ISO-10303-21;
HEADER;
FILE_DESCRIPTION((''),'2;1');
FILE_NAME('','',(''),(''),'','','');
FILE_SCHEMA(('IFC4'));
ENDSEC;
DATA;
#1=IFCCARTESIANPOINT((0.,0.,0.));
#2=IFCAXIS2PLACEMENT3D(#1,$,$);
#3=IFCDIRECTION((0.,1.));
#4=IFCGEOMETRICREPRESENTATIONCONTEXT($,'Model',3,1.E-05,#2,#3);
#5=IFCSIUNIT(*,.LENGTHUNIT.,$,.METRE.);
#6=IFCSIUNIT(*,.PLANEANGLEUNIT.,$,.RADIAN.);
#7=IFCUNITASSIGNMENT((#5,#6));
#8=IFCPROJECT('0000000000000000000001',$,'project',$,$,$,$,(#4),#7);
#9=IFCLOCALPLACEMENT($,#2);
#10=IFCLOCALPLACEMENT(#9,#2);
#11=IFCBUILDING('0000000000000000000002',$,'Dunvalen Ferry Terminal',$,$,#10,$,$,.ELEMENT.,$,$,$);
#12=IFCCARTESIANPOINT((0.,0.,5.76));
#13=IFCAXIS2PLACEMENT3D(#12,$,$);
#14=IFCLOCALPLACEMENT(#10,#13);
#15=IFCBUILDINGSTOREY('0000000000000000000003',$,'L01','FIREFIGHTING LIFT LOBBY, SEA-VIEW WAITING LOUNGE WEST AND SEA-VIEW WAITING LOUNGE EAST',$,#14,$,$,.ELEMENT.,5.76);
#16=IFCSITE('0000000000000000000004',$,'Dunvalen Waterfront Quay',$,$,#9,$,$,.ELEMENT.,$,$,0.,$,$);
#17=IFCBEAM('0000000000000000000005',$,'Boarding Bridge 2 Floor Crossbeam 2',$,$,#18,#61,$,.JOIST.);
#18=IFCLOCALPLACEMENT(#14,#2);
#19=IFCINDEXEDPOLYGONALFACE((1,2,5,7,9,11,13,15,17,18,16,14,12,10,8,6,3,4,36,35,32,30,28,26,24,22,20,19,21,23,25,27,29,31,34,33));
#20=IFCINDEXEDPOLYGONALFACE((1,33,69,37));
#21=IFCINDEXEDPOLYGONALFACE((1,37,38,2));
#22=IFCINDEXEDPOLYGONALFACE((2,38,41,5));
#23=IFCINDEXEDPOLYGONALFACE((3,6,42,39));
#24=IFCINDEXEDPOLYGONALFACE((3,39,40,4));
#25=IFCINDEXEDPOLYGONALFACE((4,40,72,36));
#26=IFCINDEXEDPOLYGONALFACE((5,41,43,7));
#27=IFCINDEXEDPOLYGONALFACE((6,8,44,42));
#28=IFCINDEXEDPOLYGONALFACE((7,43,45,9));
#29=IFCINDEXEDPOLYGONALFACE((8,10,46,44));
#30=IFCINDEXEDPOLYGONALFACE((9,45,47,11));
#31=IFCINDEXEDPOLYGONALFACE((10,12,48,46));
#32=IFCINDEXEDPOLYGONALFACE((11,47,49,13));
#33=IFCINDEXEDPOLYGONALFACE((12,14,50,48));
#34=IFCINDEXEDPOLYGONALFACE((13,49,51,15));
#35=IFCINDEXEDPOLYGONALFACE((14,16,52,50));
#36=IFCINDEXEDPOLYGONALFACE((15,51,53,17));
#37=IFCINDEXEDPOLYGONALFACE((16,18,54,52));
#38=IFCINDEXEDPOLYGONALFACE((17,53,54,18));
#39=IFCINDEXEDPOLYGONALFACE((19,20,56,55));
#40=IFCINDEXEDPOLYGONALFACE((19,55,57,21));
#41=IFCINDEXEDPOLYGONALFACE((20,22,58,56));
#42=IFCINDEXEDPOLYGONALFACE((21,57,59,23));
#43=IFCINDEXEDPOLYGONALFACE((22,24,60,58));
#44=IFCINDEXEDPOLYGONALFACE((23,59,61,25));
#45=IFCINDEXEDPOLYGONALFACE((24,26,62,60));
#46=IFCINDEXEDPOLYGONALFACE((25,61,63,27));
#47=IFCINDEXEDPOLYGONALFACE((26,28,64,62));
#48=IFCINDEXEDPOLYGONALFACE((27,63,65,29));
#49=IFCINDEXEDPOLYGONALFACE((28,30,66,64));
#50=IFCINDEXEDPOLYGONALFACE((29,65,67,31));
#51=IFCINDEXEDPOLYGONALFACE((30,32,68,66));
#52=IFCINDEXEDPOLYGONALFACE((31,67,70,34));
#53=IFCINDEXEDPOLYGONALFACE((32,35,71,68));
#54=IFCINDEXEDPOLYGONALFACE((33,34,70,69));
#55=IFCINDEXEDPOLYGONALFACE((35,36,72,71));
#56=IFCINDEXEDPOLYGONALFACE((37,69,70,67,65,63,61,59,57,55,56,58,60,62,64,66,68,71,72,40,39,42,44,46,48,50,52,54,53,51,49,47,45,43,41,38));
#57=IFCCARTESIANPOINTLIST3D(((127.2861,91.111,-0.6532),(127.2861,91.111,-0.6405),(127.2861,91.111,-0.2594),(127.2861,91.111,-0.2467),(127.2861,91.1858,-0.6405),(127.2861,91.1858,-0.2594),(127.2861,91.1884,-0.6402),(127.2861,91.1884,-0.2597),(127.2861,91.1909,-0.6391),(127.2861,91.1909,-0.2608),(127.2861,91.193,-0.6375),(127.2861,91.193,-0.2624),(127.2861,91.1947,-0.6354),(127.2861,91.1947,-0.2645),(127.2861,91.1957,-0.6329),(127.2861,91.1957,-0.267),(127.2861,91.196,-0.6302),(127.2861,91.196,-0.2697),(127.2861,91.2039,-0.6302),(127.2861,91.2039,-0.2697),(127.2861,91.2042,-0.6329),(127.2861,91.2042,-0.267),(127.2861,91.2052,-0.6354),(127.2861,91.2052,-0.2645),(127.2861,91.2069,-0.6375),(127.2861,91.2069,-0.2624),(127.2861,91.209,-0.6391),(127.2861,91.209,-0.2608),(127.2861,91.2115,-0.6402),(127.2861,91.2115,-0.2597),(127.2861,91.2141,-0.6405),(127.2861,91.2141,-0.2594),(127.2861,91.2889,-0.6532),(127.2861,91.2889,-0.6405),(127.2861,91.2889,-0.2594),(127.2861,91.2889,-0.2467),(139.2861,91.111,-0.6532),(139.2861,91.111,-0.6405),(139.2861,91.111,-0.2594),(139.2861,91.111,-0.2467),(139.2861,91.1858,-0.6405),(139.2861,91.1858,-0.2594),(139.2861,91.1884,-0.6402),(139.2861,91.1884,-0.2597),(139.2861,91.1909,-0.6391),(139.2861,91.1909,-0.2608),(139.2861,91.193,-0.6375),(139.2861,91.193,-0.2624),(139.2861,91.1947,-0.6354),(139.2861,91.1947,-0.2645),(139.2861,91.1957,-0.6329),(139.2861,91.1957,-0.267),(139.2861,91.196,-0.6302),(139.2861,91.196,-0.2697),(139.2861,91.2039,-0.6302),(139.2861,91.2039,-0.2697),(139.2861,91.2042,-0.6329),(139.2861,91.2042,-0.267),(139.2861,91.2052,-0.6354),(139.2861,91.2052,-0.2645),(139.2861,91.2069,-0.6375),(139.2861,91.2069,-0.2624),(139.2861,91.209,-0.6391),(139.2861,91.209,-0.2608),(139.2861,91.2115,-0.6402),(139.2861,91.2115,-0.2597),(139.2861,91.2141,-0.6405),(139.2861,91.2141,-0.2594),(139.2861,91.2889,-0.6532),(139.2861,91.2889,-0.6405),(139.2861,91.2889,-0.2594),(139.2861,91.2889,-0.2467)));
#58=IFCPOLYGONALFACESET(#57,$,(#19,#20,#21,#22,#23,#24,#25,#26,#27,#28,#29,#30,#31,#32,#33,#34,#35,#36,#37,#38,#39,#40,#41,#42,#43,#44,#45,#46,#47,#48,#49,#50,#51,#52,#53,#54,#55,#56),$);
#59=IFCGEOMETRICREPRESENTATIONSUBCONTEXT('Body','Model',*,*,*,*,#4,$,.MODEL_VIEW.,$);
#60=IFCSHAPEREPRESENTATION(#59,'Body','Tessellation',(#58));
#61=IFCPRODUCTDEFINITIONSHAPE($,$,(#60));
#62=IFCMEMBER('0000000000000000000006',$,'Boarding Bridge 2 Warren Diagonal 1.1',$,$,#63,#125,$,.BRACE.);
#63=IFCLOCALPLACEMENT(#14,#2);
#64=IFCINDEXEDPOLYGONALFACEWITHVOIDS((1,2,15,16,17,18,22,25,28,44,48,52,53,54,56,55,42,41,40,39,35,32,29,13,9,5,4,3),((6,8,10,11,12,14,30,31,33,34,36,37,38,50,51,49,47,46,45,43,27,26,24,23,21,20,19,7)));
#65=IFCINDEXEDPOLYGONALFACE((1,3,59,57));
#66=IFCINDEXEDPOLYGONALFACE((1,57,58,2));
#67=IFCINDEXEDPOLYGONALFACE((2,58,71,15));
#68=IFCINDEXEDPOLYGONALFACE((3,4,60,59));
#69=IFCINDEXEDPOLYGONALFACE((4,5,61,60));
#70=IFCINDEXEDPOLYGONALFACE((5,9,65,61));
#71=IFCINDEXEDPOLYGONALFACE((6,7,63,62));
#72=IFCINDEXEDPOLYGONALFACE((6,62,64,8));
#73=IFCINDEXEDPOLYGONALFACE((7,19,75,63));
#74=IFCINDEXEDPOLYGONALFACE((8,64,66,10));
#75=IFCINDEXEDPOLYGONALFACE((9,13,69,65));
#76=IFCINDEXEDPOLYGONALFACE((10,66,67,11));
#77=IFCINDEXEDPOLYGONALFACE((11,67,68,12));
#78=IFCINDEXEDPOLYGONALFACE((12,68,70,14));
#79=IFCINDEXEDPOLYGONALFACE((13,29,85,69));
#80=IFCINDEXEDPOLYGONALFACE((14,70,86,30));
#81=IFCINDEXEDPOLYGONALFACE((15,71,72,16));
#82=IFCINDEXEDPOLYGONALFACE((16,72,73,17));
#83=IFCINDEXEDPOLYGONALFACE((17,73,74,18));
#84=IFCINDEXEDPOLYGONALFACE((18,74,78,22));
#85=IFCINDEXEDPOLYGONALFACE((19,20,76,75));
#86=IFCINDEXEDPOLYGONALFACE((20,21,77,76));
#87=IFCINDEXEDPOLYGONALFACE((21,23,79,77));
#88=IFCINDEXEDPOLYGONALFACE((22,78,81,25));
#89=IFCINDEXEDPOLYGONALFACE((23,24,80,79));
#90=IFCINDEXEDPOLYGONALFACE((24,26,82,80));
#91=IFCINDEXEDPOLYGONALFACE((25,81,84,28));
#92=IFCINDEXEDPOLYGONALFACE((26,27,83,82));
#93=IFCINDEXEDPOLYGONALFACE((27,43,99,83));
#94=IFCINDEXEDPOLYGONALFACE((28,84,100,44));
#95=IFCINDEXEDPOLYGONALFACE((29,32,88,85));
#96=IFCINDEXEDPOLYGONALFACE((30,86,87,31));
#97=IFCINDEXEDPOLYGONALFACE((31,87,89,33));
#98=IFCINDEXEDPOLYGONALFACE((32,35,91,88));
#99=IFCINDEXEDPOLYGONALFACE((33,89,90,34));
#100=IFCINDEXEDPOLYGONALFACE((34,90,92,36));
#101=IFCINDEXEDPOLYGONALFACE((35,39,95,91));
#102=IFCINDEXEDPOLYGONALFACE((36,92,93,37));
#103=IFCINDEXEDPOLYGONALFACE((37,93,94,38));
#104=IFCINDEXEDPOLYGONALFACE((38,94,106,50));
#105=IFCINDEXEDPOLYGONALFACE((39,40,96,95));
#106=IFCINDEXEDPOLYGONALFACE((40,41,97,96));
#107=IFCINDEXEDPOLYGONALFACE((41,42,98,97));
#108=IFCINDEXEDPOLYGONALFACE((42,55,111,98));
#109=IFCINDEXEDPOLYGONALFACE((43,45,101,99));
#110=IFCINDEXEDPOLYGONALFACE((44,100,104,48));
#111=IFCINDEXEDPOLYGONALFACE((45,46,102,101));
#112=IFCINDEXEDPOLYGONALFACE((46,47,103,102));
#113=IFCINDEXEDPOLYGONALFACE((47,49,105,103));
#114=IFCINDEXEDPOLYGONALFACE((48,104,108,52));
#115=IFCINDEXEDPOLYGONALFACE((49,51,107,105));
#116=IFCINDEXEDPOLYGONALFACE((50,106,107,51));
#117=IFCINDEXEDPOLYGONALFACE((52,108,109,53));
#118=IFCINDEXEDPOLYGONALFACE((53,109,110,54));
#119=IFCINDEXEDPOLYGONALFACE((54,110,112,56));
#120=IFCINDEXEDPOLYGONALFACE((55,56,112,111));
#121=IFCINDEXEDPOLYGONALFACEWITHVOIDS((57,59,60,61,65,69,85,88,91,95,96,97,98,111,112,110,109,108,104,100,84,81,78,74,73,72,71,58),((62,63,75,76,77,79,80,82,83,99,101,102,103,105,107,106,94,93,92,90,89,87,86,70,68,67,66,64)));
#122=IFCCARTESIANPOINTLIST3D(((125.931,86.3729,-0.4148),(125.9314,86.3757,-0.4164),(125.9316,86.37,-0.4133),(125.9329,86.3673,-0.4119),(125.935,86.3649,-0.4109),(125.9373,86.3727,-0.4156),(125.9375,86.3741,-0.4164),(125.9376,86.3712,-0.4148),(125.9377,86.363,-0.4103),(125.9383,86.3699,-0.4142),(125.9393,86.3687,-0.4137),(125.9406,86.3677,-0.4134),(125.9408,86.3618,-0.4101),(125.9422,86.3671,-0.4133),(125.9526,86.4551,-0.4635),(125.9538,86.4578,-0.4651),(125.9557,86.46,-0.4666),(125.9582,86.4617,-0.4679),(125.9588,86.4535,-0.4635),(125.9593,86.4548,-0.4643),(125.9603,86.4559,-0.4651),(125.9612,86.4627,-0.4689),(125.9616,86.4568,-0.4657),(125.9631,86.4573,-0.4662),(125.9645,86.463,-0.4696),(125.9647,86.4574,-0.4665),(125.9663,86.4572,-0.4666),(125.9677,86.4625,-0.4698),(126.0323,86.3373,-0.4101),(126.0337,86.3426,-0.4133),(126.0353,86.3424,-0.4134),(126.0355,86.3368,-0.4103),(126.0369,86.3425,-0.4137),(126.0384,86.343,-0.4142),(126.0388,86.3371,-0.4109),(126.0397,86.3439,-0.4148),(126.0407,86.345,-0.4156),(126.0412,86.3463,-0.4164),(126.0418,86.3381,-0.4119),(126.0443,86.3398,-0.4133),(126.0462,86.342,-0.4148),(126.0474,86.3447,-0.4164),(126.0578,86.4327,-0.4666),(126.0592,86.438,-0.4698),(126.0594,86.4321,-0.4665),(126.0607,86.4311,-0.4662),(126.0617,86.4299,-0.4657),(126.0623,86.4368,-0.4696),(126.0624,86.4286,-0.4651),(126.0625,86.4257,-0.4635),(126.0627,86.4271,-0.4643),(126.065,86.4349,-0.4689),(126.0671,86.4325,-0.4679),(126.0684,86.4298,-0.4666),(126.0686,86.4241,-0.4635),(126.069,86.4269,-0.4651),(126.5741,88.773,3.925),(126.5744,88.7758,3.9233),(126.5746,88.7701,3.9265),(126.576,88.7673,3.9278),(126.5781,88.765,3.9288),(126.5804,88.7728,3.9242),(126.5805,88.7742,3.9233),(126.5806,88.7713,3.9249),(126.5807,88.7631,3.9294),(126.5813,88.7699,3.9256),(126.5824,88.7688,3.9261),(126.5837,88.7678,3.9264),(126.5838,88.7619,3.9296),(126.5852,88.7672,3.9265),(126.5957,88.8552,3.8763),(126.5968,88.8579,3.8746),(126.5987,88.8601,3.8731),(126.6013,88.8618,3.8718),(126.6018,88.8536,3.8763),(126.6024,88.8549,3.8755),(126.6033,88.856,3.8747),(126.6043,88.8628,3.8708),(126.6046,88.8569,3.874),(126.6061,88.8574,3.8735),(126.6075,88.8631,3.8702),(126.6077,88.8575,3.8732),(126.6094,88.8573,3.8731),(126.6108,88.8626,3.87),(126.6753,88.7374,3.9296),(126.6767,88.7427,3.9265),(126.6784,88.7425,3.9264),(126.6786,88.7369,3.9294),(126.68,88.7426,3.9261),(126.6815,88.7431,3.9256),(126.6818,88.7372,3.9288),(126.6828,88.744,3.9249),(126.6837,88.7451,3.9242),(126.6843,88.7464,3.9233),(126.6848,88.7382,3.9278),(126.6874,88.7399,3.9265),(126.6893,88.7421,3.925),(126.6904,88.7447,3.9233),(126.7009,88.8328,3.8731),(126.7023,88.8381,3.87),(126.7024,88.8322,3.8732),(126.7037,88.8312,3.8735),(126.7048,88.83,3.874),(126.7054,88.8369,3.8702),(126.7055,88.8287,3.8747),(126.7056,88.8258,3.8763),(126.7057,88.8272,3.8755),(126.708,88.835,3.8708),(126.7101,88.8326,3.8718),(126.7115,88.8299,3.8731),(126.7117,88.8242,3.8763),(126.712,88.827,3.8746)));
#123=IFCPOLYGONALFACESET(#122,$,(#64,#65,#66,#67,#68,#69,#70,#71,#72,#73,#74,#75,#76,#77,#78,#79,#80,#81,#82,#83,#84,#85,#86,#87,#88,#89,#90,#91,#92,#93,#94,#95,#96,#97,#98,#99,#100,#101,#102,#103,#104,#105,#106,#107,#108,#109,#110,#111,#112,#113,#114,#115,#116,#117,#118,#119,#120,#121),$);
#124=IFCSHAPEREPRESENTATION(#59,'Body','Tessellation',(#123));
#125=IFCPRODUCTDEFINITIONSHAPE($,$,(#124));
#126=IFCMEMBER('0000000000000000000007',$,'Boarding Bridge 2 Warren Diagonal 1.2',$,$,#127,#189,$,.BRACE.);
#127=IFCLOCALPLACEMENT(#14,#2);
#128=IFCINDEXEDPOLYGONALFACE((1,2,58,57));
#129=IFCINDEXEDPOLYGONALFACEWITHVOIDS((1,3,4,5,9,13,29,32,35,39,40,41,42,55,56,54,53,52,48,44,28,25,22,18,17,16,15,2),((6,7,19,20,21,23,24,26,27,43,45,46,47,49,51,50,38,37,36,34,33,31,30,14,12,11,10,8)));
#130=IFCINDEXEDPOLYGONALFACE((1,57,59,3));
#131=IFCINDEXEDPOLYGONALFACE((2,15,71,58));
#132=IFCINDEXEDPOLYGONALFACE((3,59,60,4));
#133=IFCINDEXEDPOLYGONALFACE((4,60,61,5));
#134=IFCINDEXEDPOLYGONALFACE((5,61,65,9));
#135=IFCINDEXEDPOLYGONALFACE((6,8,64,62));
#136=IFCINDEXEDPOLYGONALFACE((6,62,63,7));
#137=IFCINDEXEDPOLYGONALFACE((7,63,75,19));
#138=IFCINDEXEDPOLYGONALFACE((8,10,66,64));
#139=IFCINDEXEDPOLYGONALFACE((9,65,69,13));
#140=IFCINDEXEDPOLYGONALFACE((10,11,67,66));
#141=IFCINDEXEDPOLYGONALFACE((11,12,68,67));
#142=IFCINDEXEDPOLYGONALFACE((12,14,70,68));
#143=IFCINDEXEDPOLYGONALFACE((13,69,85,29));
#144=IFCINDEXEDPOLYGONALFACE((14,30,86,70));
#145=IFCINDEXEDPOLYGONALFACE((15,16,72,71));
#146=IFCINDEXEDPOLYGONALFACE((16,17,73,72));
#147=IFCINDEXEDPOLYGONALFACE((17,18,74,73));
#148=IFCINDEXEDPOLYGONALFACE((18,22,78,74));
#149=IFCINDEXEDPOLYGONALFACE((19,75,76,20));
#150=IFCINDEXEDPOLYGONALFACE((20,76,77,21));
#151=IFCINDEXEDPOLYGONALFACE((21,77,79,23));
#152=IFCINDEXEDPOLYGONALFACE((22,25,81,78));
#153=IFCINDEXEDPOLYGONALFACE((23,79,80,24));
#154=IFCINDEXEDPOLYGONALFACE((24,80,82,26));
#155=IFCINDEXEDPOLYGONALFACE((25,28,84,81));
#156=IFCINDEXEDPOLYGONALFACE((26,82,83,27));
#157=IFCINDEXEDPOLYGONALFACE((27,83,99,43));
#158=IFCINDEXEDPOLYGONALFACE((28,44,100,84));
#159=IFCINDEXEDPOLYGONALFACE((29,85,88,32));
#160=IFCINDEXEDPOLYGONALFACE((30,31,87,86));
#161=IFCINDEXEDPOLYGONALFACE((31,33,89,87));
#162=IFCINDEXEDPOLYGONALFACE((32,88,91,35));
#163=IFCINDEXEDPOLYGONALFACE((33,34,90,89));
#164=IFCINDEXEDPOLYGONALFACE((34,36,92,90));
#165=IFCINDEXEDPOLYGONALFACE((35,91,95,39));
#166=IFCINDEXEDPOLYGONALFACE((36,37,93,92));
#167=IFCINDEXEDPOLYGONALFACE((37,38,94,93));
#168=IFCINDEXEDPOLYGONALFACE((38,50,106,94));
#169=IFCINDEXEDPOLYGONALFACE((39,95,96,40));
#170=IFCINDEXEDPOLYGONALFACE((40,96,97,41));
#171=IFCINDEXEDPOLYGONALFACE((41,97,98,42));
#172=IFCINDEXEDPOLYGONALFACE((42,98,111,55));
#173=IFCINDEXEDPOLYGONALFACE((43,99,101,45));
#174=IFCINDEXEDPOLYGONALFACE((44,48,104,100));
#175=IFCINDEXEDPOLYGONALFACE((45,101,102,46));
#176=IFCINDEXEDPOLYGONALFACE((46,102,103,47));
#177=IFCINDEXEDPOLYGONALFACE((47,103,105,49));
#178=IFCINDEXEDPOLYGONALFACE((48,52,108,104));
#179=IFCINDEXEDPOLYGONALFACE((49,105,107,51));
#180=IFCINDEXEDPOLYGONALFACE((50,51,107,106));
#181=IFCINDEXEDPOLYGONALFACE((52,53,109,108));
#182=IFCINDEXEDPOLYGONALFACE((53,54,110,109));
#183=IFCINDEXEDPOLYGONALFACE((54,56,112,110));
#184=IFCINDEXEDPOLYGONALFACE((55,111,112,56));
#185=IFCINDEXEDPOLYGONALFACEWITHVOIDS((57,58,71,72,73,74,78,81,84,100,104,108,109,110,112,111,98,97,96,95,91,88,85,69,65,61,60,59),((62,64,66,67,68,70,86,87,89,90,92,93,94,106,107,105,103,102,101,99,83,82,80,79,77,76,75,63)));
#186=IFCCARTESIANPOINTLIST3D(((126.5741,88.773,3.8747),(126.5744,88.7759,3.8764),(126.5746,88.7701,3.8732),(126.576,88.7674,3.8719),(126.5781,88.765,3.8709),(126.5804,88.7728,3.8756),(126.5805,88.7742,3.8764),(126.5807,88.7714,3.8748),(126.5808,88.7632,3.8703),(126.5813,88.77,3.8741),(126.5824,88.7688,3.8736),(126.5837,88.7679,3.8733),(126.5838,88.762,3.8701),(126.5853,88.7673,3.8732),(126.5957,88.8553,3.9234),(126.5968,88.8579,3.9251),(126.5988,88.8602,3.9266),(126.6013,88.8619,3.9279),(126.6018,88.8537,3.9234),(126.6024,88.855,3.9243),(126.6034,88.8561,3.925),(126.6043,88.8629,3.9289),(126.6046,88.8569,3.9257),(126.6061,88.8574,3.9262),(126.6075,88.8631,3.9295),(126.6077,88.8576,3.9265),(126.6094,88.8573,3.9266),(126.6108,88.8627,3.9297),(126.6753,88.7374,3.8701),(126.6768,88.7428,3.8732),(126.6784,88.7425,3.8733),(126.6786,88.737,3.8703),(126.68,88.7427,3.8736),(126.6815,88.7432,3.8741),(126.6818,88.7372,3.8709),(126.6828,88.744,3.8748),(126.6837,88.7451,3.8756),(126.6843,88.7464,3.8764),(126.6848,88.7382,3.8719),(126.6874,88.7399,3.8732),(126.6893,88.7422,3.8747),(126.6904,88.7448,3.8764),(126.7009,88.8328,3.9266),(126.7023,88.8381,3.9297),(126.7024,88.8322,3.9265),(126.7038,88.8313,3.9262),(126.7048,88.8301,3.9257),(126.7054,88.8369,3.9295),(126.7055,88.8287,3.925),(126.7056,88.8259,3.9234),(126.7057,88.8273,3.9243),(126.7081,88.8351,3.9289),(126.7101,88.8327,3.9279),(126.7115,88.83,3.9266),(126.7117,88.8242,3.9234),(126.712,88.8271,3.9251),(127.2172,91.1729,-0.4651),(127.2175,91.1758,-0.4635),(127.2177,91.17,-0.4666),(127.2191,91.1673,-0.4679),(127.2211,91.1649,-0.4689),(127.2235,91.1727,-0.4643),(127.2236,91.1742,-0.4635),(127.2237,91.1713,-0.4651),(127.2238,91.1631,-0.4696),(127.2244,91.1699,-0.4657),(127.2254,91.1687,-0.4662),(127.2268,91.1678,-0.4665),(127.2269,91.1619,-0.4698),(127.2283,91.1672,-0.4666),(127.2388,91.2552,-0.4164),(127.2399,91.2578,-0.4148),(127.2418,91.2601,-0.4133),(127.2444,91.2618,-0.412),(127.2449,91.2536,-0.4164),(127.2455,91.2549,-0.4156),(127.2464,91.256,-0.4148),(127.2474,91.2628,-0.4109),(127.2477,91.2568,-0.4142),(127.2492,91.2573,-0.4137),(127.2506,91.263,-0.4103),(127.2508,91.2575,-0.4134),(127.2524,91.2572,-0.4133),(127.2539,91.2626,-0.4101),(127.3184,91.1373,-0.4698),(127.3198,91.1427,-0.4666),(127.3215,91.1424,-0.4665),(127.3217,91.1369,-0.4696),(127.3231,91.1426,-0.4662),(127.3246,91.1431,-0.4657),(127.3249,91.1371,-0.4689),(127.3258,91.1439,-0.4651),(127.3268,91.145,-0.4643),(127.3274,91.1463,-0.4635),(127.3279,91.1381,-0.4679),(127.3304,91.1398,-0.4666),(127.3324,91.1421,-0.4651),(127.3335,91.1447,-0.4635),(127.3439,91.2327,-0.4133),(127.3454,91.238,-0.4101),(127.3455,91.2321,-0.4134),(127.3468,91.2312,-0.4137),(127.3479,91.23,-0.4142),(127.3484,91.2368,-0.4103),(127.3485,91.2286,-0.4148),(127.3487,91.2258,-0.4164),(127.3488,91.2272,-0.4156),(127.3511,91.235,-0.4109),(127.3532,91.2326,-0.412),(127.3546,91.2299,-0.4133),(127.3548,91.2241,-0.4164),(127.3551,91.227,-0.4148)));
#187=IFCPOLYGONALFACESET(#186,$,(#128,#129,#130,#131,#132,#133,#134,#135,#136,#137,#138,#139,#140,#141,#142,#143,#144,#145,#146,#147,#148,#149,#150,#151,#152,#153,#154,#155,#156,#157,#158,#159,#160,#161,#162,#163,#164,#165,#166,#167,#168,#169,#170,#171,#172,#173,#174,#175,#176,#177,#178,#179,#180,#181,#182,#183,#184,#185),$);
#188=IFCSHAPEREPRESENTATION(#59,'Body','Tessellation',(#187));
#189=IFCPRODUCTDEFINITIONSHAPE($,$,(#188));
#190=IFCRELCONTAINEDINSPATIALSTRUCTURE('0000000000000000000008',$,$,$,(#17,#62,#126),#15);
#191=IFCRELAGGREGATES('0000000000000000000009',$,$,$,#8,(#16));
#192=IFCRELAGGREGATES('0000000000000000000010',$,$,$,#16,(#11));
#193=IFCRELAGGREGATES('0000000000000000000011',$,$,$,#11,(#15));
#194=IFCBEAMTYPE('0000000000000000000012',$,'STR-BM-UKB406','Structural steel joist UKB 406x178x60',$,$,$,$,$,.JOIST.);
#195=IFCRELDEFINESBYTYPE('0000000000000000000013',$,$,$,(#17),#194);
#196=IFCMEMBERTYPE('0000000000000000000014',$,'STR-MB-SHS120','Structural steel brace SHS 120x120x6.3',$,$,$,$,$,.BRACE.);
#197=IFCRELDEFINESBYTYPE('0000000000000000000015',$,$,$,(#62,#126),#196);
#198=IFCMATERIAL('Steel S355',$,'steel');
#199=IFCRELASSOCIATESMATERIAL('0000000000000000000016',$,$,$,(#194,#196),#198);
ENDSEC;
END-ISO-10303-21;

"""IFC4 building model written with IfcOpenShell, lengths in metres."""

from ifc_helpers import new_model, si_unit, direction, frame, origin, origin_2d, place, context, subcontext, project, spatial, hollow_rectangle, i_section, extrude, material, material_profile, profile_set, type_object, element, save


model = new_model("IFC4")

# Units and contexts
model_context = context("Model", 3, precision=1e-05, world=origin(), true_north=direction((0.0, 1.0)))
body_context = subcontext(model_context, "Body", "Model", "MODEL_VIEW")
ifc_project = project(units=[si_unit("LENGTHUNIT", "METRE"), si_unit("PLANEANGLEUNIT", "RADIAN")], contexts=[model_context])

# Site, building, storey
site_placement = place(None, origin())
site = spatial("IfcSite", under=ifc_project, at=site_placement, Name="Dunvalen Waterfront Quay", CompositionType="ELEMENT", RefElevation=0.0)
building_placement = place(site_placement, origin())
building = spatial("IfcBuilding", under=site, at=building_placement, Name="Dunvalen Ferry Terminal", CompositionType="ELEMENT")
storey_placement = place(building_placement, frame((0.0, 0.0, 5.76)))
storey = spatial("IfcBuildingStorey", under=building, at=storey_placement, Name="L01", Description="FIREFIGHTING LIFT LOBBY, SEA-VIEW WAITING LOUNGE WEST AND SEA-VIEW WAITING LOUNGE EAST", CompositionType="ELEMENT", Elevation=5.76)

# Beam
ifc_material_1 = material(Name="Steel S355", Category="steel")
ifc_material_profile_1 = material_profile(ifc_material_1, i_section(OverallWidth=0.178, OverallDepth=0.4065, WebThickness=0.0078, FlangeThickness=0.0127, FilletRadius=0.0103, at=origin_2d()), Name="Steel S355")
ifc_profile_set_1 = profile_set([ifc_material_profile_1], Name="Steel S355")
beam_type_1 = type_object("IfcBeamType", Name="STR-BM-UKB406", Description="Structural steel joist UKB 406x178x60", PredefinedType="JOIST", material=ifc_profile_set_1)
for number, where, z_axis, x_axis, name in (
    (1, (127.2861, 91.2, -0.45), (1.0, 0.0, 0.0), (0.0, 1.0, 0.0), "Boarding Bridge 2 Floor Crossbeam 2"),
):
    element("IfcBeam", number, at=place(storey_placement, frame(where, z_axis=z_axis, x_axis=x_axis)), inside=storey, type_object=beam_type_1, Name=name, PredefinedType="JOIST", context=body_context, shape_type="SweptSolid", body=[
        extrude(i_section(OverallWidth=0.178, OverallDepth=0.4065, WebThickness=0.0078, FlangeThickness=0.0127, FilletRadius=0.0103, at=origin_2d()), origin(), (0.0, 0.0, 1.0), 12.0),
    ])

# Members
ifc_material_profile_2 = material_profile(ifc_material_1, hollow_rectangle(XDim=0.1201, YDim=0.1201, WallThickness=0.0063, InnerFilletRadius=0.0063, OuterFilletRadius=0.0127, at=origin_2d()), Name="Steel S355")
ifc_profile_set_2 = profile_set([ifc_material_profile_2], Name="Steel S355")
member_type_1 = type_object("IfcMemberType", Name="STR-MB-SHS120", Description="Structural steel brace SHS 120x120x6.3", PredefinedType="BRACE", material=ifc_profile_set_2)
for number, where, z_axis, x_axis, name in (
    (2, (126.0, 86.3999, -0.4399), (0.128591, 0.479948, 0.867822), (-0.965931, 0.2588, 0.0), "Boarding Bridge 2 Warren Diagonal 1.1"),
    (3, (126.6431, 88.8, 3.8999), (0.128594, 0.47991, -0.867842), (-0.965924, 0.258824, 0.0), "Boarding Bridge 2 Warren Diagonal 1.2"),
):
    element("IfcMember", number, at=place(storey_placement, frame(where, z_axis=z_axis, x_axis=x_axis)), inside=storey, type_object=member_type_1, Name=name, PredefinedType="BRACE", context=body_context, shape_type="SweptSolid", body=[
        extrude(hollow_rectangle(XDim=0.1201, YDim=0.1201, WallThickness=0.0063, InnerFilletRadius=0.0063, OuterFilletRadius=0.0127, at=origin_2d()), origin(), (0.0, 0.0, 1.0), 5.0007),
    ])

save(model, "model.ifc")
